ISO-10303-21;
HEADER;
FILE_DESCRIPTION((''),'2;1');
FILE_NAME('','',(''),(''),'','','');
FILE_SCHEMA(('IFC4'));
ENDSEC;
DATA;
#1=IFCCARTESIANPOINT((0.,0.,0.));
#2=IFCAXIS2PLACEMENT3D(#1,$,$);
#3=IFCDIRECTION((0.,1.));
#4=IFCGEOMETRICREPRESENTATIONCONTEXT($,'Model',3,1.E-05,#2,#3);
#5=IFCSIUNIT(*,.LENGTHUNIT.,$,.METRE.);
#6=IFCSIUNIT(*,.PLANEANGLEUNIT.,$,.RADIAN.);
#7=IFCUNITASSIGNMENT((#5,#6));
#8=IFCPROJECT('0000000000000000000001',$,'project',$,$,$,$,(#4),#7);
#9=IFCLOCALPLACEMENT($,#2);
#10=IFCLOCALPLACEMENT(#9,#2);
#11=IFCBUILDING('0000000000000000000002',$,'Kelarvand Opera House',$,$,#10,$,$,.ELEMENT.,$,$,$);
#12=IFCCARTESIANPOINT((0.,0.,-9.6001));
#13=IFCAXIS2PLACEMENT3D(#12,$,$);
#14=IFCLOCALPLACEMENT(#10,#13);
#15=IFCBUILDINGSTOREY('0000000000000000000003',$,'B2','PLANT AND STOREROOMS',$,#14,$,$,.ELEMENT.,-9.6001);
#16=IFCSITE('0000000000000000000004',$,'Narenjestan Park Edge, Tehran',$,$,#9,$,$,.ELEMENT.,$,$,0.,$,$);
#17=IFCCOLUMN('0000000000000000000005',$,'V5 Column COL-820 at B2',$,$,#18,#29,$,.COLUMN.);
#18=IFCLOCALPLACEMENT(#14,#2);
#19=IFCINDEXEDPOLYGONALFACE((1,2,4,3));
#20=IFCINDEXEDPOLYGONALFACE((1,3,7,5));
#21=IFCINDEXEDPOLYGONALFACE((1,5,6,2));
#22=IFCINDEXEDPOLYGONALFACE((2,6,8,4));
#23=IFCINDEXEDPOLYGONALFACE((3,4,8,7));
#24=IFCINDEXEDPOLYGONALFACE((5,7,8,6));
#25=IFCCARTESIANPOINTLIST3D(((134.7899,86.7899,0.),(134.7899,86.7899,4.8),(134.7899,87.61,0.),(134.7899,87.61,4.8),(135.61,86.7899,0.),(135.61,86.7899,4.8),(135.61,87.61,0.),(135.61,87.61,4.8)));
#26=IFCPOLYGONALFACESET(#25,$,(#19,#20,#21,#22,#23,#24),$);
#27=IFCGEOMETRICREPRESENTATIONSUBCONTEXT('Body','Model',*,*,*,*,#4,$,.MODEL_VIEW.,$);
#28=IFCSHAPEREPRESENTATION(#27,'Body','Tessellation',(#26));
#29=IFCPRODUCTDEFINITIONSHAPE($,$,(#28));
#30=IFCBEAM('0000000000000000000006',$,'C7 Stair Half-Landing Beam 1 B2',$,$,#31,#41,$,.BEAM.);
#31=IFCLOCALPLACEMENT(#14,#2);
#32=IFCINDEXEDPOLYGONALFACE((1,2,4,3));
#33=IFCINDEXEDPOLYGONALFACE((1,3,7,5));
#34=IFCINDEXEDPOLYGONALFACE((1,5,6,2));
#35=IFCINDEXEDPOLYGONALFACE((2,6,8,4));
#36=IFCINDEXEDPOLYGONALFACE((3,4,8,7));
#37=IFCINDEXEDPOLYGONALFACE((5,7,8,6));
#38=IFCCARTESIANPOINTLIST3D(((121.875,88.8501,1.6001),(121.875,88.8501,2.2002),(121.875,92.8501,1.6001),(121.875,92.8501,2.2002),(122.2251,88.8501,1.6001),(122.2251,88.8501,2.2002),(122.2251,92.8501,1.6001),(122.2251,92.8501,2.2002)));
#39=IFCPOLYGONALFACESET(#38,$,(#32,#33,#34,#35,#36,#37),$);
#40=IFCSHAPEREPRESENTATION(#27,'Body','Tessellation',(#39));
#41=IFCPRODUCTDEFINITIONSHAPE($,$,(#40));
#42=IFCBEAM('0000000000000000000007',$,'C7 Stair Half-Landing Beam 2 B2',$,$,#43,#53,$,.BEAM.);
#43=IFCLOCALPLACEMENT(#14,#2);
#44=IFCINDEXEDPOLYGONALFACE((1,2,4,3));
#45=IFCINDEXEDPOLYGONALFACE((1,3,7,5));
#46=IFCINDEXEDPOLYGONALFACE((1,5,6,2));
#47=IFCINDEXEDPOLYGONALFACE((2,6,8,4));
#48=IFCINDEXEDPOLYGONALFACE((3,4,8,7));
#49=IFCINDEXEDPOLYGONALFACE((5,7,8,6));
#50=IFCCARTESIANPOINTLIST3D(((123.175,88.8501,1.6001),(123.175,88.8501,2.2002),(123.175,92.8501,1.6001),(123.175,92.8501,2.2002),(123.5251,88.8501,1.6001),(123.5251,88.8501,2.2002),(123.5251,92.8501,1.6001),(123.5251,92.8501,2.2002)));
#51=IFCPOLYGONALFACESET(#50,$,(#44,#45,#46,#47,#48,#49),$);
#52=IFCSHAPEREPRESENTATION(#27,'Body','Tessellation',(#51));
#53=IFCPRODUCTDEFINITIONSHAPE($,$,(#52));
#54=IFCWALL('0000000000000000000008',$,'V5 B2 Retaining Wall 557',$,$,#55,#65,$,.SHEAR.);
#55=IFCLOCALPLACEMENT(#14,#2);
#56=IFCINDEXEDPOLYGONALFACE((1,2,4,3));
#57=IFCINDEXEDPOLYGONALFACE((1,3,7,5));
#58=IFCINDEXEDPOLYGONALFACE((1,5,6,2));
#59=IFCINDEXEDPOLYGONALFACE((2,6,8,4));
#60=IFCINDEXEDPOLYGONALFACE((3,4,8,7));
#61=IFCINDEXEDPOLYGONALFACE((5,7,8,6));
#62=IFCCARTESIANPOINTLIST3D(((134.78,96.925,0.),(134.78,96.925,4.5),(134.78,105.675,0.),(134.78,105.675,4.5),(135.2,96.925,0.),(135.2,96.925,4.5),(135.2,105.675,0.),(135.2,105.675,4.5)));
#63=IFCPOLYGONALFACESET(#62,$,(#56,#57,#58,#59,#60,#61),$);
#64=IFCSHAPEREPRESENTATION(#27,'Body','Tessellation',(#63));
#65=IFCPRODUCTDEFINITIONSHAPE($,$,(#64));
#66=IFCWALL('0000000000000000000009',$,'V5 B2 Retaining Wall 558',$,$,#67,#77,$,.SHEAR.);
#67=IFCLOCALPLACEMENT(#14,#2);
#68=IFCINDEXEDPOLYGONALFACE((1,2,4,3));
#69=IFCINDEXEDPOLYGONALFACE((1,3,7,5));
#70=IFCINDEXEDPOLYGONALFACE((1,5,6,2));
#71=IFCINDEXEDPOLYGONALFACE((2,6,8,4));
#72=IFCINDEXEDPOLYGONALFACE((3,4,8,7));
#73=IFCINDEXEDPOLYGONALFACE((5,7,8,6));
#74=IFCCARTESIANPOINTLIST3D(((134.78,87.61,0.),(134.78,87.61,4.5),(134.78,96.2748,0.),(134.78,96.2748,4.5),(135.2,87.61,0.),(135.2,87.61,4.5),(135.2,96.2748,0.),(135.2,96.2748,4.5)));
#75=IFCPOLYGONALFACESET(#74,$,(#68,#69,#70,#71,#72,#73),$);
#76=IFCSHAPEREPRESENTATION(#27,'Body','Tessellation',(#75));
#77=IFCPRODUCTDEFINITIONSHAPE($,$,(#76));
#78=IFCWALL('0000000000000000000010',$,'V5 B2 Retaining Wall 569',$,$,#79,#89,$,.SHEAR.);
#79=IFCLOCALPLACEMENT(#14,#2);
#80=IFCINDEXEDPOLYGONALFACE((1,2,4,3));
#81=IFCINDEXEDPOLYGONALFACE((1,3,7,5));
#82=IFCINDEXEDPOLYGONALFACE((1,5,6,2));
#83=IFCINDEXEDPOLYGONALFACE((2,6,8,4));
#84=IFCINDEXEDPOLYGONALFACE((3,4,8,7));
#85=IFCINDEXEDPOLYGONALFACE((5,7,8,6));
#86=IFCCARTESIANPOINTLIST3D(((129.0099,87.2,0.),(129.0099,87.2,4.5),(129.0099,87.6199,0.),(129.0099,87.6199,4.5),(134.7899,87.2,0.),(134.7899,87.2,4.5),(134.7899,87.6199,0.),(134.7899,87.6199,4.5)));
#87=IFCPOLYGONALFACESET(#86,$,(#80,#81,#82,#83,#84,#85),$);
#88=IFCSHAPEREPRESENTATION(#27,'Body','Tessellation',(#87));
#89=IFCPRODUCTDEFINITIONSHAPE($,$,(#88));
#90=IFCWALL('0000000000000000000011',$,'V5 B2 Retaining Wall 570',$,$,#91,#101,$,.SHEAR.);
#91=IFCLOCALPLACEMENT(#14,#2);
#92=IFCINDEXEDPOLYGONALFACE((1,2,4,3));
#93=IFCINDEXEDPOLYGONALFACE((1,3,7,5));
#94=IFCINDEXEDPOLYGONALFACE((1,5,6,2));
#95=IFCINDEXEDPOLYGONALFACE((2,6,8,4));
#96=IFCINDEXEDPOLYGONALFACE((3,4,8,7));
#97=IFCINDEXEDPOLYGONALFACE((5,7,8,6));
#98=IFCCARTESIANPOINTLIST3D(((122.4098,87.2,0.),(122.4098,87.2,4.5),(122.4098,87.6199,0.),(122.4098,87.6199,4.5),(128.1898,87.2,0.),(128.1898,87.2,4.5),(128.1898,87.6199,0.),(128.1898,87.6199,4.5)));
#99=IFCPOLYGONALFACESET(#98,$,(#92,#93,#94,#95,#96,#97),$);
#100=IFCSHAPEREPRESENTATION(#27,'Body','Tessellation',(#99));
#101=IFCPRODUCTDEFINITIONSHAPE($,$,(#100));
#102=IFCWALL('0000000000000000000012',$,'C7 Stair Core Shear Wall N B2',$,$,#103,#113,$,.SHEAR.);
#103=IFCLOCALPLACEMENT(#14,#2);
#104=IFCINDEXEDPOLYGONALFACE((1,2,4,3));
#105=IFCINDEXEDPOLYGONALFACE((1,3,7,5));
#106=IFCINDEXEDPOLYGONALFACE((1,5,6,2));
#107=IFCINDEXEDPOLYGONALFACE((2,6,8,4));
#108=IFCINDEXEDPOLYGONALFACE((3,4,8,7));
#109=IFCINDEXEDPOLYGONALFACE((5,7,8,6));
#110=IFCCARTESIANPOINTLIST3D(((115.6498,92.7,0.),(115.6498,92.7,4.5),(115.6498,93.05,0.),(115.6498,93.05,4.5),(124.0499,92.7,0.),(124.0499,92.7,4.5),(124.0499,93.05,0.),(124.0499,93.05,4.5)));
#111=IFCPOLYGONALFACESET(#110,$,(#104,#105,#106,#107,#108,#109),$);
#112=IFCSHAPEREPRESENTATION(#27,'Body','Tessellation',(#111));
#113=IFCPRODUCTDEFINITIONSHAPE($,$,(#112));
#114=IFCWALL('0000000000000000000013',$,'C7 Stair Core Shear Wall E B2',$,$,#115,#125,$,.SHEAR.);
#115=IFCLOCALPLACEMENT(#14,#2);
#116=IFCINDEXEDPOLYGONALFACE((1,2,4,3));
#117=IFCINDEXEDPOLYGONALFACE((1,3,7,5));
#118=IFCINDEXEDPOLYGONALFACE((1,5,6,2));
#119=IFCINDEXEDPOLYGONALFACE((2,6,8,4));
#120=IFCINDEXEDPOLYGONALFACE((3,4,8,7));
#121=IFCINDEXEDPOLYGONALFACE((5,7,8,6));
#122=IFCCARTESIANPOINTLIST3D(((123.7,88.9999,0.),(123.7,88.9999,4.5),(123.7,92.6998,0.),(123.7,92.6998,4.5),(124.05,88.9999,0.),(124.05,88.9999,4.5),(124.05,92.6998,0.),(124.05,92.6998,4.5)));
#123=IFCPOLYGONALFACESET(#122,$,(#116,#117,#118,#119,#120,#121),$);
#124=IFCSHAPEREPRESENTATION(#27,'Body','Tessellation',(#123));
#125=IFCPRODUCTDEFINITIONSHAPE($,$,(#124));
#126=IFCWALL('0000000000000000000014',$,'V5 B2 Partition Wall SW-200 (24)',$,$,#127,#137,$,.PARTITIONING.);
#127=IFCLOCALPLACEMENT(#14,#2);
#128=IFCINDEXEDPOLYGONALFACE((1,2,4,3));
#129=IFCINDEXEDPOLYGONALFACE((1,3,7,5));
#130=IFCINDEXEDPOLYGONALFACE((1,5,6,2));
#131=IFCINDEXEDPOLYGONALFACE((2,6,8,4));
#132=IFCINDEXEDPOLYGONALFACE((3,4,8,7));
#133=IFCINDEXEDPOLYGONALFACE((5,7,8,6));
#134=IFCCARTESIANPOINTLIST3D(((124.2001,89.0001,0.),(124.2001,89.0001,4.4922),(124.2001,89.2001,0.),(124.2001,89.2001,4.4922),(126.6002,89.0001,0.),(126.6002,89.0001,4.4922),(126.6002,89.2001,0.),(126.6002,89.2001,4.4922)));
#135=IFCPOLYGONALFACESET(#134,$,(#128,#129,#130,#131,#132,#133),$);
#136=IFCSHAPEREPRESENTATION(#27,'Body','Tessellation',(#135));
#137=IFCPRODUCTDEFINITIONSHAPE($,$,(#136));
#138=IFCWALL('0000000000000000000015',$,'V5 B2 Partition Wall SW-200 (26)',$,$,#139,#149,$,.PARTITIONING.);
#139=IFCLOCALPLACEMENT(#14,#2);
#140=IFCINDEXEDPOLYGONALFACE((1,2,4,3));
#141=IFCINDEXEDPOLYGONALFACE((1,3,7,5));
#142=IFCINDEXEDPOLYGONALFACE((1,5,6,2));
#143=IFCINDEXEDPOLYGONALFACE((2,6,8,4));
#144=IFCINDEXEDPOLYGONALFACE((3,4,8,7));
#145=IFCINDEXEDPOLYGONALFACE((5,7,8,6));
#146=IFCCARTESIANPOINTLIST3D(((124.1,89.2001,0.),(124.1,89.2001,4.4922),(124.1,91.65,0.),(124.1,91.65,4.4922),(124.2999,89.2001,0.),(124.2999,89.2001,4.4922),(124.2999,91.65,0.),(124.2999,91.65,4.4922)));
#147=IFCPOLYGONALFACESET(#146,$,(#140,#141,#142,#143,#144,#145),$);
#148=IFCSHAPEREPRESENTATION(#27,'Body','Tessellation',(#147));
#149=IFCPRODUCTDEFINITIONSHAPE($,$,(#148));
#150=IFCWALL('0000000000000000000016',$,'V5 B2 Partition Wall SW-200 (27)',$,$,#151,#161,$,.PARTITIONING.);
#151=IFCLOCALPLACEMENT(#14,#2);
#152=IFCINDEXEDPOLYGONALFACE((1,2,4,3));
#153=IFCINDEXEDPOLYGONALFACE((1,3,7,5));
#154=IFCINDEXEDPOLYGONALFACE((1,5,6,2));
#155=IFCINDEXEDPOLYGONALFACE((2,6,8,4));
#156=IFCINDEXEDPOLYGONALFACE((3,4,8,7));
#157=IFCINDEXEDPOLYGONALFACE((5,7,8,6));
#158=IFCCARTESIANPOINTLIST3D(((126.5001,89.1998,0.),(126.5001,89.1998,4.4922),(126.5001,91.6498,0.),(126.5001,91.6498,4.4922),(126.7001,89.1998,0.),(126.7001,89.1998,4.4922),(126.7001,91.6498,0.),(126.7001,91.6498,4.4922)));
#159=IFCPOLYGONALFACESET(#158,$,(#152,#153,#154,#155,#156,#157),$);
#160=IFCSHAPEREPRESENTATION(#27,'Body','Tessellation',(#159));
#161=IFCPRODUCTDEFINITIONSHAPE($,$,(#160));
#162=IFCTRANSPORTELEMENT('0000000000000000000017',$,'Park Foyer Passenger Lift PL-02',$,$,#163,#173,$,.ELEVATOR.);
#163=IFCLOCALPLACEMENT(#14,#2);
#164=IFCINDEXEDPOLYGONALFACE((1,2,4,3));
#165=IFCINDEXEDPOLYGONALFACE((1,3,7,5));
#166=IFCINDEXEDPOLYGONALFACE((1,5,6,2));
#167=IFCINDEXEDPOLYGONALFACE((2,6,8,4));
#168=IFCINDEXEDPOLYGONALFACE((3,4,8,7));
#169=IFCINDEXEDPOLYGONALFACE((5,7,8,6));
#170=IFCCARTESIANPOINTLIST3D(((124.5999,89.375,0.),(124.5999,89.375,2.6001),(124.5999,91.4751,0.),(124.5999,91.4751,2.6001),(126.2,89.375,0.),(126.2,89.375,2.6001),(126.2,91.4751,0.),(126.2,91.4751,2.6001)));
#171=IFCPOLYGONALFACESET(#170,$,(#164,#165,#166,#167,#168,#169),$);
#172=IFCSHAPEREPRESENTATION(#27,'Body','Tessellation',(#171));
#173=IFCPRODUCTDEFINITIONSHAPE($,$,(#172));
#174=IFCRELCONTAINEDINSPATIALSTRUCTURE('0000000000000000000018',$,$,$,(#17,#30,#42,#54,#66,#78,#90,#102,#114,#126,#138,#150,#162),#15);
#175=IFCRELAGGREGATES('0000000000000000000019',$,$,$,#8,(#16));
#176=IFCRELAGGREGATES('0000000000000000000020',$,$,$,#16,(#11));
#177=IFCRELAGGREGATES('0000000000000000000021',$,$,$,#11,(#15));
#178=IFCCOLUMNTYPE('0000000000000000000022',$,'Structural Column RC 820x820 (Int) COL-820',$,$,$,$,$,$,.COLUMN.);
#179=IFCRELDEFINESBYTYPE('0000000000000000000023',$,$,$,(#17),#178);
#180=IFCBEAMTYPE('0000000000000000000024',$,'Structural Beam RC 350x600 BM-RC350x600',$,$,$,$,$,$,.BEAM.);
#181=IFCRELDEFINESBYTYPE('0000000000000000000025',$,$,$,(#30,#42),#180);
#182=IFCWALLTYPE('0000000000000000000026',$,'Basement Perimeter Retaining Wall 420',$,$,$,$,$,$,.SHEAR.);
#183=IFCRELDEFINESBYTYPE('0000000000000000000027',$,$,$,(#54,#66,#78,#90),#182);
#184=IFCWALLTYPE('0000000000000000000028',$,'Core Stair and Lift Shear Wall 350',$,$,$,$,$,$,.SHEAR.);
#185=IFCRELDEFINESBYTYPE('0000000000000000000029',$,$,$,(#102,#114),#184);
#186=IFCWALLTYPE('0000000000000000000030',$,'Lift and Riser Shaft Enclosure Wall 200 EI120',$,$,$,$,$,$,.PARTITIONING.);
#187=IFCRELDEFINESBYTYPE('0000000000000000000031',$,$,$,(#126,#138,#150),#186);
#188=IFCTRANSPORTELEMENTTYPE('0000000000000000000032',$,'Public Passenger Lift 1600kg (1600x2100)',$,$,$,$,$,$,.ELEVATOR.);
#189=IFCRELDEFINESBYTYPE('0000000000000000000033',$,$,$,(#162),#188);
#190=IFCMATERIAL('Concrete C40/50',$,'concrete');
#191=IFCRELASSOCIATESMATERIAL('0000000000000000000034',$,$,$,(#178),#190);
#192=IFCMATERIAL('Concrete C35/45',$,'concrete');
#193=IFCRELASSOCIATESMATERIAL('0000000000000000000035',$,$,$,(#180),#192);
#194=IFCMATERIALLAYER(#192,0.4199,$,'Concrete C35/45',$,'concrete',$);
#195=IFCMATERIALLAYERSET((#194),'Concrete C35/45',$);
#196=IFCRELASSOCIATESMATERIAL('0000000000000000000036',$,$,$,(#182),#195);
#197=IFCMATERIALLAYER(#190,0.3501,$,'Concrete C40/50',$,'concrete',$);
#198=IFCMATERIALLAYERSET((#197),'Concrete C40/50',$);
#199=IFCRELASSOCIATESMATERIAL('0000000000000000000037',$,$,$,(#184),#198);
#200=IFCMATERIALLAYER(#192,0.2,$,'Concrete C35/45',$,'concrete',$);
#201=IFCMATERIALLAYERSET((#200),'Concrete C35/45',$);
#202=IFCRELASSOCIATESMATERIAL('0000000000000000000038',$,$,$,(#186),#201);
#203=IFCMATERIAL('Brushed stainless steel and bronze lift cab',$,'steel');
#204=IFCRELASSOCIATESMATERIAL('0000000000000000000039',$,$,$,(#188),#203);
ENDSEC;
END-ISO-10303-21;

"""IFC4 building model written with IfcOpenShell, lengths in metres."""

from ifc_helpers import new_model, si_unit, direction, frame, frame_2d, origin, origin_2d, place, context, subcontext, project, spatial, rectangle, extrude, material, layer, layer_set, material_profile, profile_set, type_object, element, save


model = new_model("IFC4")

# Units and contexts
model_context = context("Model", 3, precision=1e-05, world=origin(), true_north=direction((0.0, 1.0)))
body_context = subcontext(model_context, "Body", "Model", "MODEL_VIEW")
ifc_project = project(units=[si_unit("LENGTHUNIT", "METRE"), si_unit("PLANEANGLEUNIT", "RADIAN")], contexts=[model_context])

# Site, building, storey
site_placement = place(None, origin())
site = spatial("IfcSite", under=ifc_project, at=site_placement, Name="Narenjestan Park Edge, Tehran", CompositionType="ELEMENT", RefElevation=0.0)
building_placement = place(site_placement, origin())
building = spatial("IfcBuilding", under=site, at=building_placement, Name="Kelarvand Opera House", CompositionType="ELEMENT")
storey_placement = place(building_placement, frame((0.0, 0.0, -9.6001)))
storey = spatial("IfcBuildingStorey", under=building, at=storey_placement, Name="B2", Description="PLANT AND STOREROOMS", CompositionType="ELEMENT", Elevation=-9.6001)

# Shared definitions
ifc_material_1 = material(Name="Concrete C40/50", Category="concrete")

# Column
ifc_material_profile_1 = material_profile(ifc_material_1, rectangle(XDim=0.8201, YDim=0.8201, at=origin_2d()), Name="RC 820x820", Category="concrete")
ifc_profile_set_1 = profile_set([ifc_material_profile_1], Name="Concrete C40/50")
column_type_1 = type_object("IfcColumnType", Name="Structural Column RC 820x820 (Int) COL-820", PredefinedType="COLUMN", material=ifc_profile_set_1)
for number, where, z_axis, x_axis, name in (
    (1, (135.2, 87.2, 0.0), (0.0, 0.0, 1.0), (1.0, 0.0, 0.0), "V5 Column COL-820 at B2"),
):
    element("IfcColumn", number, at=place(storey_placement, frame(where, z_axis=z_axis, x_axis=x_axis)), inside=storey, type_object=column_type_1, Name=name, PredefinedType="COLUMN", context=body_context, shape_type="SweptSolid", body=[
        extrude(rectangle(XDim=0.8201, YDim=0.8201, at=origin_2d()), origin(), (0.0, 0.0, 1.0), 4.8),
    ])

# Beams
ifc_material_2 = material(Name="Concrete C35/45", Category="concrete")
ifc_material_profile_2 = material_profile(ifc_material_2, rectangle(XDim=0.3501, YDim=0.6001, at=origin_2d()), Name="RC 350x600", Category="concrete")
ifc_profile_set_2 = profile_set([ifc_material_profile_2], Name="Concrete C35/45")
beam_type = type_object("IfcBeamType", Name="Structural Beam RC 350x600 BM-RC350x600", PredefinedType="BEAM", material=ifc_profile_set_2)
for number, where, z_axis, x_axis, name in (
    (2, (122.05, 88.8501, 1.9001), (0.0, 1.0, 0.0), (-1.0, 0.0, 0.0), "C7 Stair Half-Landing Beam 1 B2"),
    (3, (123.3501, 88.8501, 1.9001), (0.0, 1.0, 0.0), (-1.0, 0.0, 0.0), "C7 Stair Half-Landing Beam 2 B2"),
):
    element("IfcBeam", number, at=place(storey_placement, frame(where, z_axis=z_axis, x_axis=x_axis)), inside=storey, type_object=beam_type, Name=name, PredefinedType="BEAM", context=body_context, shape_type="SweptSolid", body=[
        extrude(rectangle(XDim=0.3501, YDim=0.6001, at=origin_2d()), origin(), (0.0, 0.0, 1.0), 4.0),
    ])

# Walls
ifc_layer_1 = layer(ifc_material_2, 0.4199, Name="Concrete C35/45", Category="concrete")
ifc_layer_set_1 = layer_set([ifc_layer_1], Name="Concrete C35/45")
wall_type_1 = type_object("IfcWallType", Name="Basement Perimeter Retaining Wall 420", PredefinedType="SHEAR", material=ifc_layer_set_1)
wall_1_placement = place(storey_placement, frame((134.99, 105.675, 0.0), z_axis=(0.0, 0.0, 1.0), x_axis=(0.0, -1.0, 0.0)))
element("IfcWall", 4, at=wall_1_placement, inside=storey, type_object=wall_type_1, Name="V5 B2 Retaining Wall 557", PredefinedType="SHEAR", context=body_context, shape_type="SweptSolid", body=[
    extrude(rectangle(XDim=8.75, YDim=0.4199, at=frame_2d((4.375, 0.0))), origin(), (0.0, 0.0, 1.0), 4.5),
])
wall_2_placement = place(storey_placement, frame((134.99, 96.2749, 0.0), z_axis=(0.0, 0.0, 1.0), x_axis=(0.0, -1.0, 0.0)))
element("IfcWall", 5, at=wall_2_placement, inside=storey, type_object=wall_type_1, Name="V5 B2 Retaining Wall 558", PredefinedType="SHEAR", context=body_context, shape_type="SweptSolid", body=[
    extrude(rectangle(XDim=8.6648, YDim=0.4199, at=frame_2d((4.3325, 0.0))), origin(), (0.0, 0.0, 1.0), 4.5),
])
for number, where, z_axis, x_axis, name in (
    (6, (134.79, 87.4099, 0.0), (0.0, 0.0, 1.0), (-1.0, 0.0, 0.0), "V5 B2 Retaining Wall 569"),
    (7, (128.1899, 87.4099, 0.0), (0.0, 0.0, 1.0), (-1.0, 0.0, 0.0), "V5 B2 Retaining Wall 570"),
):
    element("IfcWall", number, at=place(storey_placement, frame(where, z_axis=z_axis, x_axis=x_axis)), inside=storey, type_object=wall_type_1, Name=name, PredefinedType="SHEAR", context=body_context, shape_type="SweptSolid", body=[
        extrude(rectangle(XDim=5.78, YDim=0.4199, at=frame_2d((2.8901, 0.0))), origin(), (0.0, 0.0, 1.0), 4.5),
    ])
ifc_layer_2 = layer(ifc_material_1, 0.3501, Name="Concrete C40/50", Category="concrete")
ifc_layer_set_2 = layer_set([ifc_layer_2], Name="Concrete C40/50")
wall_type_2 = type_object("IfcWallType", Name="Core Stair and Lift Shear Wall 350", PredefinedType="SHEAR", material=ifc_layer_set_2)
wall_3_placement = place(storey_placement, frame((124.05, 92.875, 0.0), z_axis=(0.0, 0.0, 1.0), x_axis=(-1.0, 0.0, 0.0)))
element("IfcWall", 8, at=wall_3_placement, inside=storey, type_object=wall_type_2, Name="C7 Stair Core Shear Wall N B2", PredefinedType="SHEAR", context=body_context, shape_type="SweptSolid", body=[
    extrude(rectangle(XDim=8.4001, YDim=0.3501, at=frame_2d((4.2002, 0.0))), origin(), (0.0, 0.0, 1.0), 4.5),
])
wall_4_placement = place(storey_placement, frame((123.875, 92.7, 0.0), z_axis=(0.0, 0.0, 1.0), x_axis=(0.0, -1.0, 0.0)))
element("IfcWall", 9, at=wall_4_placement, inside=storey, type_object=wall_type_2, Name="C7 Stair Core Shear Wall E B2", PredefinedType="SHEAR", context=body_context, shape_type="SweptSolid", body=[
    extrude(rectangle(XDim=3.7, YDim=0.3501, at=frame_2d((1.8501, 0.0))), origin(), (0.0, 0.0, 1.0), 4.5),
])
ifc_layer_3 = layer(ifc_material_2, 0.2, Name="Concrete C35/45", Category="concrete")
ifc_layer_set_3 = layer_set([ifc_layer_3], Name="Concrete C35/45")
wall_type_3 = type_object("IfcWallType", Name="Lift and Riser Shaft Enclosure Wall 200 EI120", PredefinedType="PARTITIONING", material=ifc_layer_set_3)
wall_5_placement = place(storey_placement, frame((124.2, 89.1001, 0.0), z_axis=(0.0, 0.0, 1.0), x_axis=(1.0, 0.0, 0.0)))
element("IfcWall", 10, at=wall_5_placement, inside=storey, type_object=wall_type_3, Name="V5 B2 Partition Wall SW-200 (24)", PredefinedType="PARTITIONING", context=body_context, shape_type="SweptSolid", body=[
    extrude(rectangle(XDim=2.4001, YDim=0.2, at=frame_2d((1.2002, 0.0))), origin(), (0.0, 0.0, 1.0), 4.4922),
])

# Walls
for number, where, z_axis, x_axis, name in (
    (11, (124.2, 89.2, 0.0), (0.0, 0.0, 1.0), (0.0, 1.0, 0.0), "V5 B2 Partition Wall SW-200 (26)"),
    (12, (126.6001, 91.6499, 0.0), (0.0, 0.0, 1.0), (0.0, -1.0, 0.0), "V5 B2 Partition Wall SW-200 (27)"),
):
    element("IfcWall", number, at=place(storey_placement, frame(where, z_axis=z_axis, x_axis=x_axis)), inside=storey, type_object=wall_type_3, Name=name, PredefinedType="PARTITIONING", context=body_context, shape_type="SweptSolid", body=[
        extrude(rectangle(XDim=2.45, YDim=0.2, at=frame_2d((1.2251, 0.0))), origin(), (0.0, 0.0, 1.0), 4.4922),
    ])

# Transport element
ifc_material_3 = material(Name="Brushed stainless steel and bronze lift cab", Category="steel")
transport_element_type = type_object("IfcTransportElementType", Name="Public Passenger Lift 1600kg (1600x2100)", PredefinedType="ELEVATOR", material=ifc_material_3)
transport_element_placement = place(storey_placement, frame((125.3999, 90.425, 0.0), z_axis=(0.0, 0.0, 1.0), x_axis=(1.0, 0.0, 0.0)))
element("IfcTransportElement", 13, at=transport_element_placement, inside=storey, type_object=transport_element_type, Name="Park Foyer Passenger Lift PL-02", PredefinedType="ELEVATOR", context=body_context, shape_type="SweptSolid", body=[
    extrude(rectangle(XDim=1.6001, YDim=2.1001, at=origin_2d()), origin(), (0.0, 0.0, 1.0), 2.6001),
])

save(model, "model.ifc")
